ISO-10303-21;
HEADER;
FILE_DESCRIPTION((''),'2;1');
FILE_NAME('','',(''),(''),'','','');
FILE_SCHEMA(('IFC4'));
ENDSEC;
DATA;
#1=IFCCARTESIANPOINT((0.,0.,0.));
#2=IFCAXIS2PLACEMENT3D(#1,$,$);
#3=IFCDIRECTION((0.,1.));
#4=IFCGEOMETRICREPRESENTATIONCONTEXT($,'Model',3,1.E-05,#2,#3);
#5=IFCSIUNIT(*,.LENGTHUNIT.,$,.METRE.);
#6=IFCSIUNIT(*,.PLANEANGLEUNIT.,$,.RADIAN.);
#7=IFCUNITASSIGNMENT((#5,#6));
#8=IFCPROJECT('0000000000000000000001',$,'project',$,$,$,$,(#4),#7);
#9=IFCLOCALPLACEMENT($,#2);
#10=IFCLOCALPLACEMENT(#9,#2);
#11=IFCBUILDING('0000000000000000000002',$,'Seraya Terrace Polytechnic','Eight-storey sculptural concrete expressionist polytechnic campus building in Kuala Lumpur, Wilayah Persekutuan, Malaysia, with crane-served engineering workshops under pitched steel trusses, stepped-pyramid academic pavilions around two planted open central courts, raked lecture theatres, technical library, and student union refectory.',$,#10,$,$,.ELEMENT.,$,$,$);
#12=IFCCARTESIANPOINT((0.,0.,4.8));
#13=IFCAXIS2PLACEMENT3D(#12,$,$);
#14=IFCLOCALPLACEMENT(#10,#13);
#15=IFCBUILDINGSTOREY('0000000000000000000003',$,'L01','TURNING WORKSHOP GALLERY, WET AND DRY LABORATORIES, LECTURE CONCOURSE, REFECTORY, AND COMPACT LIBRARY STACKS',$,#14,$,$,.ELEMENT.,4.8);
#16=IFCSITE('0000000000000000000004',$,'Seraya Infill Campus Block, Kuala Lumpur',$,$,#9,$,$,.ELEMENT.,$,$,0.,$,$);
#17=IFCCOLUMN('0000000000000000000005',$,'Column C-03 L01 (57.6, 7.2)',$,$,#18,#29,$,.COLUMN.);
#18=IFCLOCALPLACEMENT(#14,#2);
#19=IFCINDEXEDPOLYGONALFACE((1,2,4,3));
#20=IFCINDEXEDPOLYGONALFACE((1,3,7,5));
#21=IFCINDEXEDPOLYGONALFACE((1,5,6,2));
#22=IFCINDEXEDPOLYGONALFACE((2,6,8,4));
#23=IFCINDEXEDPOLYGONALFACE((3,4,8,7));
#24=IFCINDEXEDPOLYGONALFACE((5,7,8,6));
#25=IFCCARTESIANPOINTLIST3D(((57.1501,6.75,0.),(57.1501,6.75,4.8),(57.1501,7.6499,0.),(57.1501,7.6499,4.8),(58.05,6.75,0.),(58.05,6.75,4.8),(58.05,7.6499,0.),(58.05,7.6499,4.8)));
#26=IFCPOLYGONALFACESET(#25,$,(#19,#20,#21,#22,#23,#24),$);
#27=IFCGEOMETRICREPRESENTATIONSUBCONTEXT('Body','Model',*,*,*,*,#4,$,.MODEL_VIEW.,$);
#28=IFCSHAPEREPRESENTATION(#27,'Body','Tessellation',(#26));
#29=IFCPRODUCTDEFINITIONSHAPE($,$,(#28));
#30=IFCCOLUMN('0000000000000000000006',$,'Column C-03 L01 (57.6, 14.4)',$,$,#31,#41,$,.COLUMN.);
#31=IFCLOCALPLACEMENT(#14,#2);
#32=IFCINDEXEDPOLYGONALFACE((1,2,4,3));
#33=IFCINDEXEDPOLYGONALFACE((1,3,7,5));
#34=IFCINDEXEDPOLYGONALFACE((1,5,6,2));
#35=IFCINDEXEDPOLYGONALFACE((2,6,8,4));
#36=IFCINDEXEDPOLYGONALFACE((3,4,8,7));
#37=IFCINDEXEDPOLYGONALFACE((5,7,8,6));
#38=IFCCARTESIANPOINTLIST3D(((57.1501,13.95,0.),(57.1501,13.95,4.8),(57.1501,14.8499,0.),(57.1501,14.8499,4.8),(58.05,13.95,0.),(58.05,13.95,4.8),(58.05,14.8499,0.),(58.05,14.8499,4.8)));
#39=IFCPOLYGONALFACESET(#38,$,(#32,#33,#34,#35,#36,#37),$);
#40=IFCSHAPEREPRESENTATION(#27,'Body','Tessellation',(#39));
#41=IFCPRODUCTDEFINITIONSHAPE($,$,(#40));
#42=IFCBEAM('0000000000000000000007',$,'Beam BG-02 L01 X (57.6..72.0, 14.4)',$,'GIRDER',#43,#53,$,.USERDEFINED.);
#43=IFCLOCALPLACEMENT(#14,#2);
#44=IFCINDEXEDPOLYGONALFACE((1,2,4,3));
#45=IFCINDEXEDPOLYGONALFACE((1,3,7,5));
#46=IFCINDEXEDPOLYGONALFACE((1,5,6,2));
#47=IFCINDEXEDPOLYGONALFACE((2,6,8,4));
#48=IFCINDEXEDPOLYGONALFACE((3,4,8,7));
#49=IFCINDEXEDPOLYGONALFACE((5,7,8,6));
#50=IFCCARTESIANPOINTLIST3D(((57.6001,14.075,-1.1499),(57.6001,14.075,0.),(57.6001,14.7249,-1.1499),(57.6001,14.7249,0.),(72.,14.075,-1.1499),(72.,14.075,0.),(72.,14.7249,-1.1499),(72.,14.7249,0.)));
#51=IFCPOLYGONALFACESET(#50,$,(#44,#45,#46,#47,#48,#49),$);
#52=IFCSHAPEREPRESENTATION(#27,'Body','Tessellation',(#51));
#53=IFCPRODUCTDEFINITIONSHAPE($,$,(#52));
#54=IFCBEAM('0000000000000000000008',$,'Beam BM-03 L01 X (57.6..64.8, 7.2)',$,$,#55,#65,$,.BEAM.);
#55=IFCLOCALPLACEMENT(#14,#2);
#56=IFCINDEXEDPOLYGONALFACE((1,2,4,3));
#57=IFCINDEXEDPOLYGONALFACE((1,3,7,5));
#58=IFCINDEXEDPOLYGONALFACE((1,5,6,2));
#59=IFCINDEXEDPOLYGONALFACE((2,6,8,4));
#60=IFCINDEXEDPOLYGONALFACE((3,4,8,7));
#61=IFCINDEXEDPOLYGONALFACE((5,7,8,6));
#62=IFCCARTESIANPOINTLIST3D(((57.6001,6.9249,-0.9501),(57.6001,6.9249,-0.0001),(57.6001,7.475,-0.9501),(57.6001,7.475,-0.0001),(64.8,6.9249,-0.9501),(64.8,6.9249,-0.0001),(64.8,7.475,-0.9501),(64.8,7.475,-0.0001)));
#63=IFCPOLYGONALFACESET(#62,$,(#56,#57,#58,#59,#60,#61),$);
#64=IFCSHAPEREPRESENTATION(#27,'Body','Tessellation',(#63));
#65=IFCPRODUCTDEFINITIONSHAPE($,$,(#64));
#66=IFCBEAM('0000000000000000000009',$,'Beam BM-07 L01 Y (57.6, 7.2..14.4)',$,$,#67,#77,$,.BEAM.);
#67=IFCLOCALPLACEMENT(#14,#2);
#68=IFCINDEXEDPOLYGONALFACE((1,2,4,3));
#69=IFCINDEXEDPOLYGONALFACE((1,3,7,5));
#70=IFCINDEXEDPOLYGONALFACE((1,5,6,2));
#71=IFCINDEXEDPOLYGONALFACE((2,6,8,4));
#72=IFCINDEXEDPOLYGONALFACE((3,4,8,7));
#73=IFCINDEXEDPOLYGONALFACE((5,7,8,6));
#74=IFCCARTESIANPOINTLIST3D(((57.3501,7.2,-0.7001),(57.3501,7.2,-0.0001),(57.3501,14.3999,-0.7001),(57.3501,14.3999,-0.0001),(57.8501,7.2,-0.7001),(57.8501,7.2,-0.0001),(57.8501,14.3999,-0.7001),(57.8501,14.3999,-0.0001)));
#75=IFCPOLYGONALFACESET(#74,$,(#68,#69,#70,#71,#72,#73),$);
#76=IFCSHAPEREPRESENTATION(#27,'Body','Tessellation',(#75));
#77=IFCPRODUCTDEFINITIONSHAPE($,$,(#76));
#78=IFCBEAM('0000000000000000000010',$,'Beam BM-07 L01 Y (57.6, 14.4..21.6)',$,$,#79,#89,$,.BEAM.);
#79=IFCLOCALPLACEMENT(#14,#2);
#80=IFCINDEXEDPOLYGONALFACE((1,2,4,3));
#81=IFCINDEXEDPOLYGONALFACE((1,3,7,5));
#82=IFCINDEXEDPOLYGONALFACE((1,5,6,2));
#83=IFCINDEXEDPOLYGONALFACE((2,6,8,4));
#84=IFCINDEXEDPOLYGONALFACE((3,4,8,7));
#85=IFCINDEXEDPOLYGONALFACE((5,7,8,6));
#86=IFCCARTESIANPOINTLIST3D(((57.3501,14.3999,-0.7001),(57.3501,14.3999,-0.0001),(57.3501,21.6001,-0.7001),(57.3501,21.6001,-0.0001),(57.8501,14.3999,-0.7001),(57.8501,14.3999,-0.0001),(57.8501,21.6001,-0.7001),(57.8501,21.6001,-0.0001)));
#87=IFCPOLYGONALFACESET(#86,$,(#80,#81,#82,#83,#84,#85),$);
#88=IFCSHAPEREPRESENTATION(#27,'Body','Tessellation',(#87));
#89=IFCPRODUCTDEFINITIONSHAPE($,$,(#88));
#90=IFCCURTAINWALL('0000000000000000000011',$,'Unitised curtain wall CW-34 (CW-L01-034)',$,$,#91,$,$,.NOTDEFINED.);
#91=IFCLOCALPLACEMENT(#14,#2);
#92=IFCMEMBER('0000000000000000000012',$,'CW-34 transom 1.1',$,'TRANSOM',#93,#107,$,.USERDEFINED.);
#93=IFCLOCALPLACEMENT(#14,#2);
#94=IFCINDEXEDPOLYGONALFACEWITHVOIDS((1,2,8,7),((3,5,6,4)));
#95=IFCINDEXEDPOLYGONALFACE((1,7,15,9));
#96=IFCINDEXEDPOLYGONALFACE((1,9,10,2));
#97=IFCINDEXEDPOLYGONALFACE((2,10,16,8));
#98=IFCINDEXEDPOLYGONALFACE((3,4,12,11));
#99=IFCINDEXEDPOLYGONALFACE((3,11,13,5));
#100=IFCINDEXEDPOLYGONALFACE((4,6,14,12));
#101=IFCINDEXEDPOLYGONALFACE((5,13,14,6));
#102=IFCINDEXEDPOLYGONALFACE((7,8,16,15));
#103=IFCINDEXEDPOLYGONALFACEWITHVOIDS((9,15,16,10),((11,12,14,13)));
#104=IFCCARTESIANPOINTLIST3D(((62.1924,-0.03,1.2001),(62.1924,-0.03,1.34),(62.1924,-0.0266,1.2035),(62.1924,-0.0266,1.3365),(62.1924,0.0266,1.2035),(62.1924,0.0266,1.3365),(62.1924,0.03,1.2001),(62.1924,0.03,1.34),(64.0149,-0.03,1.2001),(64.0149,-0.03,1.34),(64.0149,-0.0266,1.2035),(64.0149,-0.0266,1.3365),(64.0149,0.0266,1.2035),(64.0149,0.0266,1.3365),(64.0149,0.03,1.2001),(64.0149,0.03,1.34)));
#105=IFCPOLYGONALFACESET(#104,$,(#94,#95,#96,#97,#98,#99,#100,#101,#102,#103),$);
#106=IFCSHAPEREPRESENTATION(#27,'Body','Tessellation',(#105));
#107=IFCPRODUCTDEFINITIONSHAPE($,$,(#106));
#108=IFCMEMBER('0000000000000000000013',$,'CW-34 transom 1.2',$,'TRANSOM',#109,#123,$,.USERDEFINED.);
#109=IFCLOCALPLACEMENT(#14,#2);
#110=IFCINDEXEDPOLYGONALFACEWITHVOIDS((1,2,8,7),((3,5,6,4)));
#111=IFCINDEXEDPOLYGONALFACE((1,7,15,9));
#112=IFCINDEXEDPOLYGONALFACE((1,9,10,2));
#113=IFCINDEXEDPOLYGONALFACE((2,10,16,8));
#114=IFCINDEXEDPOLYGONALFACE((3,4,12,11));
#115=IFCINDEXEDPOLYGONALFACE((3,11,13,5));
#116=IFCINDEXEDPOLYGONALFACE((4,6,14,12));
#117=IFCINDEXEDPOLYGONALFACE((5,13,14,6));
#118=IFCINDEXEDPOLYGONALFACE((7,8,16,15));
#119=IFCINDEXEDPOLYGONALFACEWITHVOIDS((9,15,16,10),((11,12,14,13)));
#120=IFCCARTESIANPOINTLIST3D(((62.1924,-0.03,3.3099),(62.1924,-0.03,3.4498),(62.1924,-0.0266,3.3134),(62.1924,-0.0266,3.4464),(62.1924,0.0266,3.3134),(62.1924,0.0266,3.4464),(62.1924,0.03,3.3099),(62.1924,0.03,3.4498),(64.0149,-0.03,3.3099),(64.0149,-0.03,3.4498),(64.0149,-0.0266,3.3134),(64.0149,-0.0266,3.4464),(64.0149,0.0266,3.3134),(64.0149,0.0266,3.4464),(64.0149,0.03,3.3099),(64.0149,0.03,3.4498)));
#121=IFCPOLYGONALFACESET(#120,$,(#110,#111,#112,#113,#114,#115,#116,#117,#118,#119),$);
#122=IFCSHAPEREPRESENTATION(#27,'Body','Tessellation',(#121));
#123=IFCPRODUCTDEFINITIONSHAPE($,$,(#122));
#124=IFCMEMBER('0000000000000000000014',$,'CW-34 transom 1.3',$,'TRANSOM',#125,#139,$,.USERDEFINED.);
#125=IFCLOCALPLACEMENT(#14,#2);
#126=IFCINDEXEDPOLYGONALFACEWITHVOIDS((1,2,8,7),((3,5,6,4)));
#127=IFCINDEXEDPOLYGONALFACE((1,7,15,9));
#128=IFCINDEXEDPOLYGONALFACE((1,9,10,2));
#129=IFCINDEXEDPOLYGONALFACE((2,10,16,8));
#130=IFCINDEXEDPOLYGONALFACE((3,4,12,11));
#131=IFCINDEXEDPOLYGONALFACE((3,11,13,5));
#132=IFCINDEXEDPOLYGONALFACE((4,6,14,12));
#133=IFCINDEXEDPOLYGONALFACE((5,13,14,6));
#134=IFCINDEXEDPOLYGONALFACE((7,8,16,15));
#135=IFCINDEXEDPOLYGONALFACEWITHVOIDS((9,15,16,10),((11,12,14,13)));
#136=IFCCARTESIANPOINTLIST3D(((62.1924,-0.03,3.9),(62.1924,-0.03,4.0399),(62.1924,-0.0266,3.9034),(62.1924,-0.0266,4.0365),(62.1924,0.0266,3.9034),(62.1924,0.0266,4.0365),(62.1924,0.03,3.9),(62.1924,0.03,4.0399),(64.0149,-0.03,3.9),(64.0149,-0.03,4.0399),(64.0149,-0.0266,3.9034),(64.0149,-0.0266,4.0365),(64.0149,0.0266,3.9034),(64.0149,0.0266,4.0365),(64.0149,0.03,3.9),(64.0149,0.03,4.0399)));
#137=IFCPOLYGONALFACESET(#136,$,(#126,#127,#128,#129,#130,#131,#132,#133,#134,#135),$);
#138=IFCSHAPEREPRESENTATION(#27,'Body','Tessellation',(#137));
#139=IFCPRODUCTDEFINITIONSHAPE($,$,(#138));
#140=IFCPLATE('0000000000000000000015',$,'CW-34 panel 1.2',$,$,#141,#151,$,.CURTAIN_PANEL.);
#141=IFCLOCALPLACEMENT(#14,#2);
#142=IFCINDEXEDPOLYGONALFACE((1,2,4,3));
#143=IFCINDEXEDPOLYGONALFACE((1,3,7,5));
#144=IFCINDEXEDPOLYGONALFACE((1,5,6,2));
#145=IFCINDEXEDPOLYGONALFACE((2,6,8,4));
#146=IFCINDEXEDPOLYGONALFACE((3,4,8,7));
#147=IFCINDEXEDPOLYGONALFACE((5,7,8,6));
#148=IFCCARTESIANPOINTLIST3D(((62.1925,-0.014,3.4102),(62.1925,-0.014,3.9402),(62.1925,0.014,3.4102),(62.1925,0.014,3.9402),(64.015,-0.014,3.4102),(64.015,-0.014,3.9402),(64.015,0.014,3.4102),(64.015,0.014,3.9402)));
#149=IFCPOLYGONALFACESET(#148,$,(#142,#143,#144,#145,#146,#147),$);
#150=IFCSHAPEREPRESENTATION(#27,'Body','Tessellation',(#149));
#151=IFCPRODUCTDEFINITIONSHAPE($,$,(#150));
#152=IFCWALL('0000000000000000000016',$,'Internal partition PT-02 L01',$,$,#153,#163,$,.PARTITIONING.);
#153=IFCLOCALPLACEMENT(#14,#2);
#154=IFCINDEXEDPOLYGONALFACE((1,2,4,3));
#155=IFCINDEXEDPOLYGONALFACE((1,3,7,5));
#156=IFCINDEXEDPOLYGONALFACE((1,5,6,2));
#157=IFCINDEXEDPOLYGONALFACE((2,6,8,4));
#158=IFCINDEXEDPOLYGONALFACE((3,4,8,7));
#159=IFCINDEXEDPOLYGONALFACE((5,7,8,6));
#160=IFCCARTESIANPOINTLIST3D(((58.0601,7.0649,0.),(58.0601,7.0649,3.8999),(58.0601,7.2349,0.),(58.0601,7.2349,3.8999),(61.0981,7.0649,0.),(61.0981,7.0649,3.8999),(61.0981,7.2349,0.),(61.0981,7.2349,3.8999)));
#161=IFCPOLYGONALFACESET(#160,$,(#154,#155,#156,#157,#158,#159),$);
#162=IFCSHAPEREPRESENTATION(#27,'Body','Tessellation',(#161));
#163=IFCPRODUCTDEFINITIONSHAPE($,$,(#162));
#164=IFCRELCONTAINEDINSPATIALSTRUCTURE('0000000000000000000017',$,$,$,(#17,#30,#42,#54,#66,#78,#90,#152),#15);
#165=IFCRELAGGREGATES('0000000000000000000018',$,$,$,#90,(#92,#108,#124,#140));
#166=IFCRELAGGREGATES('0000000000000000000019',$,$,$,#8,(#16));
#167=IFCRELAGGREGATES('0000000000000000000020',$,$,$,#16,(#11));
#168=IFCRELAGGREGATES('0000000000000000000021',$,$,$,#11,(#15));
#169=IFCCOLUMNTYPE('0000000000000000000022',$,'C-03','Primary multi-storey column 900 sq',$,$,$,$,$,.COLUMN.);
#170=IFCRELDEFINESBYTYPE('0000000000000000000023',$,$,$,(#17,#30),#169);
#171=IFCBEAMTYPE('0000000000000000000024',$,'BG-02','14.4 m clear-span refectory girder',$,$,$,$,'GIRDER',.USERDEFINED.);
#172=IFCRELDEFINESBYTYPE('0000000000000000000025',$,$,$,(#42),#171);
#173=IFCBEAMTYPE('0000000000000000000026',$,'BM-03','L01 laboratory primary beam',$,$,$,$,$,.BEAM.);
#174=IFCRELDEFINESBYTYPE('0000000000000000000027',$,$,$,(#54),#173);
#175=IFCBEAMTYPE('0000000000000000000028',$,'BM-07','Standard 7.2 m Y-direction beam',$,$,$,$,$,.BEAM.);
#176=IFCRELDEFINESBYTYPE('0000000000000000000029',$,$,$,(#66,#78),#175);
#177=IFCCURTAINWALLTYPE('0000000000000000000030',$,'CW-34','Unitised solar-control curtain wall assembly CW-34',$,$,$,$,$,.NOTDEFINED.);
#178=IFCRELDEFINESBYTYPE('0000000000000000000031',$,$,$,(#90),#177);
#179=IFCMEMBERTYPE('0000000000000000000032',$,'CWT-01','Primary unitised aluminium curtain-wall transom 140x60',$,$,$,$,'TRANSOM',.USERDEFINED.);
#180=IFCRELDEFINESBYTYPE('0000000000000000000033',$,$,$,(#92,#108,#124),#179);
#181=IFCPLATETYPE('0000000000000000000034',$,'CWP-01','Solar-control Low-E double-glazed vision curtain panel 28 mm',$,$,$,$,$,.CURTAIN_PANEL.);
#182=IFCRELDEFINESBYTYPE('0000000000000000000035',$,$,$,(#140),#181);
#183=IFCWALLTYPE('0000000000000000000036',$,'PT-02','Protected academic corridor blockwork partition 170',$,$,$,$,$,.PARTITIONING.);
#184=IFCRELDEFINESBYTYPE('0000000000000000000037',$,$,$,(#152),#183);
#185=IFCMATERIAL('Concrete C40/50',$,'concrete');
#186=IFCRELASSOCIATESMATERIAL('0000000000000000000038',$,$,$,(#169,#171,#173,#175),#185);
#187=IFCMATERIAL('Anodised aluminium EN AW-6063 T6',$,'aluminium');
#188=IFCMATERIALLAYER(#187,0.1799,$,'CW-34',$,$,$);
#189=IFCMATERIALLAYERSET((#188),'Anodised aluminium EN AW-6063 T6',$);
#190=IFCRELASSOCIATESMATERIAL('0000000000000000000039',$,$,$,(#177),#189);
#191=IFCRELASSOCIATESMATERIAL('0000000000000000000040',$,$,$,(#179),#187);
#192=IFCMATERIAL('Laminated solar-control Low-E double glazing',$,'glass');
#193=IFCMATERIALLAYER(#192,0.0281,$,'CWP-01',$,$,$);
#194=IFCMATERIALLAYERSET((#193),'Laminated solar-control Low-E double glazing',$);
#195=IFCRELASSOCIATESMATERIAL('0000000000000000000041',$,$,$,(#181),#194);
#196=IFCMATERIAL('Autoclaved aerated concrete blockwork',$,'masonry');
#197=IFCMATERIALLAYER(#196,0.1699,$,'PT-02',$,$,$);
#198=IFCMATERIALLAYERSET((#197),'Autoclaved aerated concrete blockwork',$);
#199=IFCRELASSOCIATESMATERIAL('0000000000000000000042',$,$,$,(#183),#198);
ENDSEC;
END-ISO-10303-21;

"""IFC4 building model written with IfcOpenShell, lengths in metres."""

from ifc_helpers import new_model, si_unit, direction, frame, frame_2d, origin, origin_2d, place, context, subcontext, project, spatial, rectangle, hollow_rectangle, extrude, material, layer, layer_set, material_profile, profile_set, type_object, element, aggregate, save


model = new_model("IFC4")

# Units and contexts
model_context = context("Model", 3, precision=1e-05, world=origin(), true_north=direction((0.0, 1.0)))
body_context = subcontext(model_context, "Body", "Model", "MODEL_VIEW")
ifc_project = project(units=[si_unit("LENGTHUNIT", "METRE"), si_unit("PLANEANGLEUNIT", "RADIAN")], contexts=[model_context])

# Site, building, storey
site_placement = place(None, origin())
site = spatial("IfcSite", under=ifc_project, at=site_placement, Name="Seraya Infill Campus Block, Kuala Lumpur", CompositionType="ELEMENT", RefElevation=0.0)
building_placement = place(site_placement, origin())
building = spatial("IfcBuilding", under=site, at=building_placement, Name="Seraya Terrace Polytechnic", Description="Eight-storey sculptural concrete expressionist polytechnic campus building in Kuala Lumpur, Wilayah Persekutuan, Malaysia, with crane-served engineering workshops under pitched steel trusses, stepped-pyramid academic pavilions around two planted open central courts, raked lecture theatres, technical library, and student union refectory.", CompositionType="ELEMENT")
storey_placement = place(building_placement, frame((0.0, 0.0, 4.8)))
storey = spatial("IfcBuildingStorey", under=building, at=storey_placement, Name="L01", Description="TURNING WORKSHOP GALLERY, WET AND DRY LABORATORIES, LECTURE CONCOURSE, REFECTORY, AND COMPACT LIBRARY STACKS", CompositionType="ELEMENT", Elevation=4.8)

# Columns
ifc_material_1 = material(Name="Concrete C40/50", Category="concrete")
ifc_material_profile_1 = material_profile(ifc_material_1, rectangle(XDim=0.8999, YDim=0.8999, at=origin_2d()), Name="RC 900x900")
ifc_profile_set_1 = profile_set([ifc_material_profile_1], Name="Concrete C40/50")
column_type = type_object("IfcColumnType", Name="C-03", Description="Primary multi-storey column 900 sq", PredefinedType="COLUMN", material=ifc_profile_set_1)
for number, where, z_axis, x_axis, name in (
    (1, (57.6001, 7.2, 0.0), (0.0, 0.0, 1.0), (1.0, 0.0, 0.0), "Column C-03 L01 (57.6, 7.2)"),
    (2, (57.6001, 14.3999, 0.0), (0.0, 0.0, 1.0), (1.0, 0.0, 0.0), "Column C-03 L01 (57.6, 14.4)"),
):
    element("IfcColumn", number, at=place(storey_placement, frame(where, z_axis=z_axis, x_axis=x_axis)), inside=storey, type_object=column_type, Name=name, PredefinedType="COLUMN", context=body_context, shape_type="SweptSolid", body=[
        extrude(rectangle(XDim=0.8999, YDim=0.8999, at=origin_2d()), origin(), (0.0, 0.0, 1.0), 4.8),
    ])

# Beams
ifc_material_profile_2 = material_profile(ifc_material_1, rectangle(XDim=0.6499, YDim=1.1499, at=origin_2d()), Name="RC 650x1150")
ifc_profile_set_2 = profile_set([ifc_material_profile_2], Name="Concrete C40/50")
beam_type_1 = type_object("IfcBeamType", Name="BG-02", Description="14.4 m clear-span refectory girder", ElementType="GIRDER", PredefinedType="USERDEFINED", material=ifc_profile_set_2)
beam_1_placement = place(storey_placement, frame((57.6001, 14.3999, -0.575), z_axis=(1.0, 0.0, 0.0), x_axis=(0.0, 1.0, 0.0)))
element("IfcBeam", 3, at=beam_1_placement, inside=storey, type_object=beam_type_1, Name="Beam BG-02 L01 X (57.6..72.0, 14.4)", ObjectType="GIRDER", PredefinedType="USERDEFINED", context=body_context, shape_type="SweptSolid", body=[
    extrude(rectangle(XDim=0.6499, YDim=1.1499, at=origin_2d()), origin(), (0.0, 0.0, 1.0), 14.3999),
])
ifc_material_profile_3 = material_profile(ifc_material_1, rectangle(XDim=0.55, YDim=0.95, at=origin_2d()), Name="RC 550x950")
ifc_profile_set_3 = profile_set([ifc_material_profile_3], Name="Concrete C40/50")
beam_type_2 = type_object("IfcBeamType", Name="BM-03", Description="L01 laboratory primary beam", PredefinedType="BEAM", material=ifc_profile_set_3)
beam_2_placement = place(storey_placement, frame((57.6001, 7.2, -0.4751), z_axis=(1.0, 0.0, 0.0), x_axis=(0.0, 1.0, 0.0)))
element("IfcBeam", 4, at=beam_2_placement, inside=storey, type_object=beam_type_2, Name="Beam BM-03 L01 X (57.6..64.8, 7.2)", PredefinedType="BEAM", context=body_context, shape_type="SweptSolid", body=[
    extrude(rectangle(XDim=0.55, YDim=0.95, at=origin_2d()), origin(), (0.0, 0.0, 1.0), 7.2),
])
ifc_material_profile_4 = material_profile(ifc_material_1, rectangle(XDim=0.5, YDim=0.7, at=origin_2d()), Name="RC 500x700")
ifc_profile_set_4 = profile_set([ifc_material_profile_4], Name="Concrete C40/50")
beam_type_3 = type_object("IfcBeamType", Name="BM-07", Description="Standard 7.2 m Y-direction beam", PredefinedType="BEAM", material=ifc_profile_set_4)
beam_3_placement = place(storey_placement, frame((57.6001, 7.2, -0.3501), z_axis=(0.0, 1.0, 0.0), x_axis=(-1.0, 0.0, 0.0)))
element("IfcBeam", 5, at=beam_3_placement, inside=storey, type_object=beam_type_3, Name="Beam BM-07 L01 Y (57.6, 7.2..14.4)", PredefinedType="BEAM", context=body_context, shape_type="SweptSolid", body=[
    extrude(rectangle(XDim=0.5, YDim=0.7, at=origin_2d()), origin(), (0.0, 0.0, 1.0), 7.2),
])
beam_4_placement = place(storey_placement, frame((57.6001, 14.3999, -0.3501), z_axis=(0.0, 1.0, 0.0), x_axis=(-1.0, 0.0, 0.0)))
element("IfcBeam", 6, at=beam_4_placement, inside=storey, type_object=beam_type_3, Name="Beam BM-07 L01 Y (57.6, 14.4..21.6)", PredefinedType="BEAM", context=body_context, shape_type="SweptSolid", body=[
    extrude(rectangle(XDim=0.5, YDim=0.7, at=origin_2d()), origin(), (0.0, 0.0, 1.0), 7.2002),
])

# Curtain wall, members, plate
ifc_material_2 = material(Name="Anodised aluminium EN AW-6063 T6", Category="aluminium")
ifc_layer_1 = layer(ifc_material_2, 0.1799, Name="CW-34")
ifc_layer_set_1 = layer_set([ifc_layer_1], Name="Anodised aluminium EN AW-6063 T6")
curtain_wall_type = type_object("IfcCurtainWallType", Name="CW-34", Description="Unitised solar-control curtain wall assembly CW-34", PredefinedType="NOTDEFINED", material=ifc_layer_set_1)
curtain_wall_placement = place(storey_placement, origin())
curtain_wall = element("IfcCurtainWall", 7, at=curtain_wall_placement, inside=storey, type_object=curtain_wall_type, Name="Unitised curtain wall CW-34 (CW-L01-034)", PredefinedType="NOTDEFINED")
ifc_material_profile_5 = material_profile(ifc_material_2, hollow_rectangle(XDim=0.0601, YDim=0.1399, WallThickness=0.0034, at=origin_2d()), Name="RHS 140x60x3.5")
ifc_profile_set_5 = profile_set([ifc_material_profile_5], Name="Anodised aluminium EN AW-6063 T6")
member_type = type_object("IfcMemberType", Name="CWT-01", Description="Primary unitised aluminium curtain-wall transom 140x60", ElementType="TRANSOM", PredefinedType="USERDEFINED", material=ifc_profile_set_5)
member_1_placement = place(storey_placement, frame((64.0149, 0.0, 1.27), z_axis=(-1.0, 0.0, 0.0), x_axis=(0.0, -1.0, 0.0)))
member_1 = element("IfcMember", 8, at=member_1_placement, type_object=member_type, Name="CW-34 transom 1.1", ObjectType="TRANSOM", PredefinedType="USERDEFINED", context=body_context, shape_type="SweptSolid", body=[
    extrude(hollow_rectangle(XDim=0.0601, YDim=0.1399, WallThickness=0.0034, at=origin_2d()), origin(), (0.0, 0.0, 1.0), 1.8225),
])
member_2_placement = place(storey_placement, frame((64.0149, 0.0, 3.3799), z_axis=(-1.0, 0.0, 0.0), x_axis=(0.0, -1.0, 0.0)))
member_2 = element("IfcMember", 9, at=member_2_placement, type_object=member_type, Name="CW-34 transom 1.2", ObjectType="TRANSOM", PredefinedType="USERDEFINED", context=body_context, shape_type="SweptSolid", body=[
    extrude(hollow_rectangle(XDim=0.0601, YDim=0.1399, WallThickness=0.0034, at=origin_2d()), origin(), (0.0, 0.0, 1.0), 1.8225),
])
member_3_placement = place(storey_placement, frame((64.0149, 0.0, 3.97), z_axis=(-1.0, 0.0, 0.0), x_axis=(0.0, -1.0, 0.0)))
member_3 = element("IfcMember", 10, at=member_3_placement, type_object=member_type, Name="CW-34 transom 1.3", ObjectType="TRANSOM", PredefinedType="USERDEFINED", context=body_context, shape_type="SweptSolid", body=[
    extrude(hollow_rectangle(XDim=0.0601, YDim=0.1399, WallThickness=0.0034, at=origin_2d()), origin(), (0.0, 0.0, 1.0), 1.8225),
])
ifc_material_3 = material(Name="Laminated solar-control Low-E double glazing", Category="glass")
ifc_layer_2 = layer(ifc_material_3, 0.0281, Name="CWP-01")
ifc_layer_set_2 = layer_set([ifc_layer_2], Name="Laminated solar-control Low-E double glazing")
plate_type = type_object("IfcPlateType", Name="CWP-01", Description="Solar-control Low-E double-glazed vision curtain panel 28 mm", PredefinedType="CURTAIN_PANEL", material=ifc_layer_set_2)
plate_placement = place(storey_placement, frame((63.1038, 0.0, 3.4102), z_axis=(0.0, 0.0, 1.0), x_axis=(-1.0, 0.0, 0.0)))
plate = element("IfcPlate", 11, at=plate_placement, type_object=plate_type, Name="CW-34 panel 1.2", PredefinedType="CURTAIN_PANEL", context=body_context, shape_type="SweptSolid", body=[
    extrude(rectangle(XDim=1.8225, YDim=0.0281, at=origin_2d()), origin(), (0.0, 0.0, 1.0), 0.53),
])
aggregate(curtain_wall, [member_1, member_2, member_3, plate])

# Wall
ifc_material_4 = material(Name="Autoclaved aerated concrete blockwork", Category="masonry")
ifc_layer_3 = layer(ifc_material_4, 0.1699, Name="PT-02")
ifc_layer_set_3 = layer_set([ifc_layer_3], Name="Autoclaved aerated concrete blockwork")
wall_type_1 = type_object("IfcWallType", Name="PT-02", Description="Protected academic corridor blockwork partition 170", PredefinedType="PARTITIONING", material=ifc_layer_set_3)
wall_1_placement = place(storey_placement, frame((58.0601, 7.1499, 0.0), z_axis=(0.0, 0.0, 1.0), x_axis=(1.0, 0.0, 0.0)))
element("IfcWall", 12, at=wall_1_placement, inside=storey, type_object=wall_type_1, Name="Internal partition PT-02 L01", PredefinedType="PARTITIONING", context=body_context, shape_type="SweptSolid", body=[
    extrude(rectangle(XDim=3.0381, YDim=0.1699, at=frame_2d((1.519, 0.0))), origin(), (0.0, 0.0, 1.0), 3.8999),
])

save(model, "model.ifc")
